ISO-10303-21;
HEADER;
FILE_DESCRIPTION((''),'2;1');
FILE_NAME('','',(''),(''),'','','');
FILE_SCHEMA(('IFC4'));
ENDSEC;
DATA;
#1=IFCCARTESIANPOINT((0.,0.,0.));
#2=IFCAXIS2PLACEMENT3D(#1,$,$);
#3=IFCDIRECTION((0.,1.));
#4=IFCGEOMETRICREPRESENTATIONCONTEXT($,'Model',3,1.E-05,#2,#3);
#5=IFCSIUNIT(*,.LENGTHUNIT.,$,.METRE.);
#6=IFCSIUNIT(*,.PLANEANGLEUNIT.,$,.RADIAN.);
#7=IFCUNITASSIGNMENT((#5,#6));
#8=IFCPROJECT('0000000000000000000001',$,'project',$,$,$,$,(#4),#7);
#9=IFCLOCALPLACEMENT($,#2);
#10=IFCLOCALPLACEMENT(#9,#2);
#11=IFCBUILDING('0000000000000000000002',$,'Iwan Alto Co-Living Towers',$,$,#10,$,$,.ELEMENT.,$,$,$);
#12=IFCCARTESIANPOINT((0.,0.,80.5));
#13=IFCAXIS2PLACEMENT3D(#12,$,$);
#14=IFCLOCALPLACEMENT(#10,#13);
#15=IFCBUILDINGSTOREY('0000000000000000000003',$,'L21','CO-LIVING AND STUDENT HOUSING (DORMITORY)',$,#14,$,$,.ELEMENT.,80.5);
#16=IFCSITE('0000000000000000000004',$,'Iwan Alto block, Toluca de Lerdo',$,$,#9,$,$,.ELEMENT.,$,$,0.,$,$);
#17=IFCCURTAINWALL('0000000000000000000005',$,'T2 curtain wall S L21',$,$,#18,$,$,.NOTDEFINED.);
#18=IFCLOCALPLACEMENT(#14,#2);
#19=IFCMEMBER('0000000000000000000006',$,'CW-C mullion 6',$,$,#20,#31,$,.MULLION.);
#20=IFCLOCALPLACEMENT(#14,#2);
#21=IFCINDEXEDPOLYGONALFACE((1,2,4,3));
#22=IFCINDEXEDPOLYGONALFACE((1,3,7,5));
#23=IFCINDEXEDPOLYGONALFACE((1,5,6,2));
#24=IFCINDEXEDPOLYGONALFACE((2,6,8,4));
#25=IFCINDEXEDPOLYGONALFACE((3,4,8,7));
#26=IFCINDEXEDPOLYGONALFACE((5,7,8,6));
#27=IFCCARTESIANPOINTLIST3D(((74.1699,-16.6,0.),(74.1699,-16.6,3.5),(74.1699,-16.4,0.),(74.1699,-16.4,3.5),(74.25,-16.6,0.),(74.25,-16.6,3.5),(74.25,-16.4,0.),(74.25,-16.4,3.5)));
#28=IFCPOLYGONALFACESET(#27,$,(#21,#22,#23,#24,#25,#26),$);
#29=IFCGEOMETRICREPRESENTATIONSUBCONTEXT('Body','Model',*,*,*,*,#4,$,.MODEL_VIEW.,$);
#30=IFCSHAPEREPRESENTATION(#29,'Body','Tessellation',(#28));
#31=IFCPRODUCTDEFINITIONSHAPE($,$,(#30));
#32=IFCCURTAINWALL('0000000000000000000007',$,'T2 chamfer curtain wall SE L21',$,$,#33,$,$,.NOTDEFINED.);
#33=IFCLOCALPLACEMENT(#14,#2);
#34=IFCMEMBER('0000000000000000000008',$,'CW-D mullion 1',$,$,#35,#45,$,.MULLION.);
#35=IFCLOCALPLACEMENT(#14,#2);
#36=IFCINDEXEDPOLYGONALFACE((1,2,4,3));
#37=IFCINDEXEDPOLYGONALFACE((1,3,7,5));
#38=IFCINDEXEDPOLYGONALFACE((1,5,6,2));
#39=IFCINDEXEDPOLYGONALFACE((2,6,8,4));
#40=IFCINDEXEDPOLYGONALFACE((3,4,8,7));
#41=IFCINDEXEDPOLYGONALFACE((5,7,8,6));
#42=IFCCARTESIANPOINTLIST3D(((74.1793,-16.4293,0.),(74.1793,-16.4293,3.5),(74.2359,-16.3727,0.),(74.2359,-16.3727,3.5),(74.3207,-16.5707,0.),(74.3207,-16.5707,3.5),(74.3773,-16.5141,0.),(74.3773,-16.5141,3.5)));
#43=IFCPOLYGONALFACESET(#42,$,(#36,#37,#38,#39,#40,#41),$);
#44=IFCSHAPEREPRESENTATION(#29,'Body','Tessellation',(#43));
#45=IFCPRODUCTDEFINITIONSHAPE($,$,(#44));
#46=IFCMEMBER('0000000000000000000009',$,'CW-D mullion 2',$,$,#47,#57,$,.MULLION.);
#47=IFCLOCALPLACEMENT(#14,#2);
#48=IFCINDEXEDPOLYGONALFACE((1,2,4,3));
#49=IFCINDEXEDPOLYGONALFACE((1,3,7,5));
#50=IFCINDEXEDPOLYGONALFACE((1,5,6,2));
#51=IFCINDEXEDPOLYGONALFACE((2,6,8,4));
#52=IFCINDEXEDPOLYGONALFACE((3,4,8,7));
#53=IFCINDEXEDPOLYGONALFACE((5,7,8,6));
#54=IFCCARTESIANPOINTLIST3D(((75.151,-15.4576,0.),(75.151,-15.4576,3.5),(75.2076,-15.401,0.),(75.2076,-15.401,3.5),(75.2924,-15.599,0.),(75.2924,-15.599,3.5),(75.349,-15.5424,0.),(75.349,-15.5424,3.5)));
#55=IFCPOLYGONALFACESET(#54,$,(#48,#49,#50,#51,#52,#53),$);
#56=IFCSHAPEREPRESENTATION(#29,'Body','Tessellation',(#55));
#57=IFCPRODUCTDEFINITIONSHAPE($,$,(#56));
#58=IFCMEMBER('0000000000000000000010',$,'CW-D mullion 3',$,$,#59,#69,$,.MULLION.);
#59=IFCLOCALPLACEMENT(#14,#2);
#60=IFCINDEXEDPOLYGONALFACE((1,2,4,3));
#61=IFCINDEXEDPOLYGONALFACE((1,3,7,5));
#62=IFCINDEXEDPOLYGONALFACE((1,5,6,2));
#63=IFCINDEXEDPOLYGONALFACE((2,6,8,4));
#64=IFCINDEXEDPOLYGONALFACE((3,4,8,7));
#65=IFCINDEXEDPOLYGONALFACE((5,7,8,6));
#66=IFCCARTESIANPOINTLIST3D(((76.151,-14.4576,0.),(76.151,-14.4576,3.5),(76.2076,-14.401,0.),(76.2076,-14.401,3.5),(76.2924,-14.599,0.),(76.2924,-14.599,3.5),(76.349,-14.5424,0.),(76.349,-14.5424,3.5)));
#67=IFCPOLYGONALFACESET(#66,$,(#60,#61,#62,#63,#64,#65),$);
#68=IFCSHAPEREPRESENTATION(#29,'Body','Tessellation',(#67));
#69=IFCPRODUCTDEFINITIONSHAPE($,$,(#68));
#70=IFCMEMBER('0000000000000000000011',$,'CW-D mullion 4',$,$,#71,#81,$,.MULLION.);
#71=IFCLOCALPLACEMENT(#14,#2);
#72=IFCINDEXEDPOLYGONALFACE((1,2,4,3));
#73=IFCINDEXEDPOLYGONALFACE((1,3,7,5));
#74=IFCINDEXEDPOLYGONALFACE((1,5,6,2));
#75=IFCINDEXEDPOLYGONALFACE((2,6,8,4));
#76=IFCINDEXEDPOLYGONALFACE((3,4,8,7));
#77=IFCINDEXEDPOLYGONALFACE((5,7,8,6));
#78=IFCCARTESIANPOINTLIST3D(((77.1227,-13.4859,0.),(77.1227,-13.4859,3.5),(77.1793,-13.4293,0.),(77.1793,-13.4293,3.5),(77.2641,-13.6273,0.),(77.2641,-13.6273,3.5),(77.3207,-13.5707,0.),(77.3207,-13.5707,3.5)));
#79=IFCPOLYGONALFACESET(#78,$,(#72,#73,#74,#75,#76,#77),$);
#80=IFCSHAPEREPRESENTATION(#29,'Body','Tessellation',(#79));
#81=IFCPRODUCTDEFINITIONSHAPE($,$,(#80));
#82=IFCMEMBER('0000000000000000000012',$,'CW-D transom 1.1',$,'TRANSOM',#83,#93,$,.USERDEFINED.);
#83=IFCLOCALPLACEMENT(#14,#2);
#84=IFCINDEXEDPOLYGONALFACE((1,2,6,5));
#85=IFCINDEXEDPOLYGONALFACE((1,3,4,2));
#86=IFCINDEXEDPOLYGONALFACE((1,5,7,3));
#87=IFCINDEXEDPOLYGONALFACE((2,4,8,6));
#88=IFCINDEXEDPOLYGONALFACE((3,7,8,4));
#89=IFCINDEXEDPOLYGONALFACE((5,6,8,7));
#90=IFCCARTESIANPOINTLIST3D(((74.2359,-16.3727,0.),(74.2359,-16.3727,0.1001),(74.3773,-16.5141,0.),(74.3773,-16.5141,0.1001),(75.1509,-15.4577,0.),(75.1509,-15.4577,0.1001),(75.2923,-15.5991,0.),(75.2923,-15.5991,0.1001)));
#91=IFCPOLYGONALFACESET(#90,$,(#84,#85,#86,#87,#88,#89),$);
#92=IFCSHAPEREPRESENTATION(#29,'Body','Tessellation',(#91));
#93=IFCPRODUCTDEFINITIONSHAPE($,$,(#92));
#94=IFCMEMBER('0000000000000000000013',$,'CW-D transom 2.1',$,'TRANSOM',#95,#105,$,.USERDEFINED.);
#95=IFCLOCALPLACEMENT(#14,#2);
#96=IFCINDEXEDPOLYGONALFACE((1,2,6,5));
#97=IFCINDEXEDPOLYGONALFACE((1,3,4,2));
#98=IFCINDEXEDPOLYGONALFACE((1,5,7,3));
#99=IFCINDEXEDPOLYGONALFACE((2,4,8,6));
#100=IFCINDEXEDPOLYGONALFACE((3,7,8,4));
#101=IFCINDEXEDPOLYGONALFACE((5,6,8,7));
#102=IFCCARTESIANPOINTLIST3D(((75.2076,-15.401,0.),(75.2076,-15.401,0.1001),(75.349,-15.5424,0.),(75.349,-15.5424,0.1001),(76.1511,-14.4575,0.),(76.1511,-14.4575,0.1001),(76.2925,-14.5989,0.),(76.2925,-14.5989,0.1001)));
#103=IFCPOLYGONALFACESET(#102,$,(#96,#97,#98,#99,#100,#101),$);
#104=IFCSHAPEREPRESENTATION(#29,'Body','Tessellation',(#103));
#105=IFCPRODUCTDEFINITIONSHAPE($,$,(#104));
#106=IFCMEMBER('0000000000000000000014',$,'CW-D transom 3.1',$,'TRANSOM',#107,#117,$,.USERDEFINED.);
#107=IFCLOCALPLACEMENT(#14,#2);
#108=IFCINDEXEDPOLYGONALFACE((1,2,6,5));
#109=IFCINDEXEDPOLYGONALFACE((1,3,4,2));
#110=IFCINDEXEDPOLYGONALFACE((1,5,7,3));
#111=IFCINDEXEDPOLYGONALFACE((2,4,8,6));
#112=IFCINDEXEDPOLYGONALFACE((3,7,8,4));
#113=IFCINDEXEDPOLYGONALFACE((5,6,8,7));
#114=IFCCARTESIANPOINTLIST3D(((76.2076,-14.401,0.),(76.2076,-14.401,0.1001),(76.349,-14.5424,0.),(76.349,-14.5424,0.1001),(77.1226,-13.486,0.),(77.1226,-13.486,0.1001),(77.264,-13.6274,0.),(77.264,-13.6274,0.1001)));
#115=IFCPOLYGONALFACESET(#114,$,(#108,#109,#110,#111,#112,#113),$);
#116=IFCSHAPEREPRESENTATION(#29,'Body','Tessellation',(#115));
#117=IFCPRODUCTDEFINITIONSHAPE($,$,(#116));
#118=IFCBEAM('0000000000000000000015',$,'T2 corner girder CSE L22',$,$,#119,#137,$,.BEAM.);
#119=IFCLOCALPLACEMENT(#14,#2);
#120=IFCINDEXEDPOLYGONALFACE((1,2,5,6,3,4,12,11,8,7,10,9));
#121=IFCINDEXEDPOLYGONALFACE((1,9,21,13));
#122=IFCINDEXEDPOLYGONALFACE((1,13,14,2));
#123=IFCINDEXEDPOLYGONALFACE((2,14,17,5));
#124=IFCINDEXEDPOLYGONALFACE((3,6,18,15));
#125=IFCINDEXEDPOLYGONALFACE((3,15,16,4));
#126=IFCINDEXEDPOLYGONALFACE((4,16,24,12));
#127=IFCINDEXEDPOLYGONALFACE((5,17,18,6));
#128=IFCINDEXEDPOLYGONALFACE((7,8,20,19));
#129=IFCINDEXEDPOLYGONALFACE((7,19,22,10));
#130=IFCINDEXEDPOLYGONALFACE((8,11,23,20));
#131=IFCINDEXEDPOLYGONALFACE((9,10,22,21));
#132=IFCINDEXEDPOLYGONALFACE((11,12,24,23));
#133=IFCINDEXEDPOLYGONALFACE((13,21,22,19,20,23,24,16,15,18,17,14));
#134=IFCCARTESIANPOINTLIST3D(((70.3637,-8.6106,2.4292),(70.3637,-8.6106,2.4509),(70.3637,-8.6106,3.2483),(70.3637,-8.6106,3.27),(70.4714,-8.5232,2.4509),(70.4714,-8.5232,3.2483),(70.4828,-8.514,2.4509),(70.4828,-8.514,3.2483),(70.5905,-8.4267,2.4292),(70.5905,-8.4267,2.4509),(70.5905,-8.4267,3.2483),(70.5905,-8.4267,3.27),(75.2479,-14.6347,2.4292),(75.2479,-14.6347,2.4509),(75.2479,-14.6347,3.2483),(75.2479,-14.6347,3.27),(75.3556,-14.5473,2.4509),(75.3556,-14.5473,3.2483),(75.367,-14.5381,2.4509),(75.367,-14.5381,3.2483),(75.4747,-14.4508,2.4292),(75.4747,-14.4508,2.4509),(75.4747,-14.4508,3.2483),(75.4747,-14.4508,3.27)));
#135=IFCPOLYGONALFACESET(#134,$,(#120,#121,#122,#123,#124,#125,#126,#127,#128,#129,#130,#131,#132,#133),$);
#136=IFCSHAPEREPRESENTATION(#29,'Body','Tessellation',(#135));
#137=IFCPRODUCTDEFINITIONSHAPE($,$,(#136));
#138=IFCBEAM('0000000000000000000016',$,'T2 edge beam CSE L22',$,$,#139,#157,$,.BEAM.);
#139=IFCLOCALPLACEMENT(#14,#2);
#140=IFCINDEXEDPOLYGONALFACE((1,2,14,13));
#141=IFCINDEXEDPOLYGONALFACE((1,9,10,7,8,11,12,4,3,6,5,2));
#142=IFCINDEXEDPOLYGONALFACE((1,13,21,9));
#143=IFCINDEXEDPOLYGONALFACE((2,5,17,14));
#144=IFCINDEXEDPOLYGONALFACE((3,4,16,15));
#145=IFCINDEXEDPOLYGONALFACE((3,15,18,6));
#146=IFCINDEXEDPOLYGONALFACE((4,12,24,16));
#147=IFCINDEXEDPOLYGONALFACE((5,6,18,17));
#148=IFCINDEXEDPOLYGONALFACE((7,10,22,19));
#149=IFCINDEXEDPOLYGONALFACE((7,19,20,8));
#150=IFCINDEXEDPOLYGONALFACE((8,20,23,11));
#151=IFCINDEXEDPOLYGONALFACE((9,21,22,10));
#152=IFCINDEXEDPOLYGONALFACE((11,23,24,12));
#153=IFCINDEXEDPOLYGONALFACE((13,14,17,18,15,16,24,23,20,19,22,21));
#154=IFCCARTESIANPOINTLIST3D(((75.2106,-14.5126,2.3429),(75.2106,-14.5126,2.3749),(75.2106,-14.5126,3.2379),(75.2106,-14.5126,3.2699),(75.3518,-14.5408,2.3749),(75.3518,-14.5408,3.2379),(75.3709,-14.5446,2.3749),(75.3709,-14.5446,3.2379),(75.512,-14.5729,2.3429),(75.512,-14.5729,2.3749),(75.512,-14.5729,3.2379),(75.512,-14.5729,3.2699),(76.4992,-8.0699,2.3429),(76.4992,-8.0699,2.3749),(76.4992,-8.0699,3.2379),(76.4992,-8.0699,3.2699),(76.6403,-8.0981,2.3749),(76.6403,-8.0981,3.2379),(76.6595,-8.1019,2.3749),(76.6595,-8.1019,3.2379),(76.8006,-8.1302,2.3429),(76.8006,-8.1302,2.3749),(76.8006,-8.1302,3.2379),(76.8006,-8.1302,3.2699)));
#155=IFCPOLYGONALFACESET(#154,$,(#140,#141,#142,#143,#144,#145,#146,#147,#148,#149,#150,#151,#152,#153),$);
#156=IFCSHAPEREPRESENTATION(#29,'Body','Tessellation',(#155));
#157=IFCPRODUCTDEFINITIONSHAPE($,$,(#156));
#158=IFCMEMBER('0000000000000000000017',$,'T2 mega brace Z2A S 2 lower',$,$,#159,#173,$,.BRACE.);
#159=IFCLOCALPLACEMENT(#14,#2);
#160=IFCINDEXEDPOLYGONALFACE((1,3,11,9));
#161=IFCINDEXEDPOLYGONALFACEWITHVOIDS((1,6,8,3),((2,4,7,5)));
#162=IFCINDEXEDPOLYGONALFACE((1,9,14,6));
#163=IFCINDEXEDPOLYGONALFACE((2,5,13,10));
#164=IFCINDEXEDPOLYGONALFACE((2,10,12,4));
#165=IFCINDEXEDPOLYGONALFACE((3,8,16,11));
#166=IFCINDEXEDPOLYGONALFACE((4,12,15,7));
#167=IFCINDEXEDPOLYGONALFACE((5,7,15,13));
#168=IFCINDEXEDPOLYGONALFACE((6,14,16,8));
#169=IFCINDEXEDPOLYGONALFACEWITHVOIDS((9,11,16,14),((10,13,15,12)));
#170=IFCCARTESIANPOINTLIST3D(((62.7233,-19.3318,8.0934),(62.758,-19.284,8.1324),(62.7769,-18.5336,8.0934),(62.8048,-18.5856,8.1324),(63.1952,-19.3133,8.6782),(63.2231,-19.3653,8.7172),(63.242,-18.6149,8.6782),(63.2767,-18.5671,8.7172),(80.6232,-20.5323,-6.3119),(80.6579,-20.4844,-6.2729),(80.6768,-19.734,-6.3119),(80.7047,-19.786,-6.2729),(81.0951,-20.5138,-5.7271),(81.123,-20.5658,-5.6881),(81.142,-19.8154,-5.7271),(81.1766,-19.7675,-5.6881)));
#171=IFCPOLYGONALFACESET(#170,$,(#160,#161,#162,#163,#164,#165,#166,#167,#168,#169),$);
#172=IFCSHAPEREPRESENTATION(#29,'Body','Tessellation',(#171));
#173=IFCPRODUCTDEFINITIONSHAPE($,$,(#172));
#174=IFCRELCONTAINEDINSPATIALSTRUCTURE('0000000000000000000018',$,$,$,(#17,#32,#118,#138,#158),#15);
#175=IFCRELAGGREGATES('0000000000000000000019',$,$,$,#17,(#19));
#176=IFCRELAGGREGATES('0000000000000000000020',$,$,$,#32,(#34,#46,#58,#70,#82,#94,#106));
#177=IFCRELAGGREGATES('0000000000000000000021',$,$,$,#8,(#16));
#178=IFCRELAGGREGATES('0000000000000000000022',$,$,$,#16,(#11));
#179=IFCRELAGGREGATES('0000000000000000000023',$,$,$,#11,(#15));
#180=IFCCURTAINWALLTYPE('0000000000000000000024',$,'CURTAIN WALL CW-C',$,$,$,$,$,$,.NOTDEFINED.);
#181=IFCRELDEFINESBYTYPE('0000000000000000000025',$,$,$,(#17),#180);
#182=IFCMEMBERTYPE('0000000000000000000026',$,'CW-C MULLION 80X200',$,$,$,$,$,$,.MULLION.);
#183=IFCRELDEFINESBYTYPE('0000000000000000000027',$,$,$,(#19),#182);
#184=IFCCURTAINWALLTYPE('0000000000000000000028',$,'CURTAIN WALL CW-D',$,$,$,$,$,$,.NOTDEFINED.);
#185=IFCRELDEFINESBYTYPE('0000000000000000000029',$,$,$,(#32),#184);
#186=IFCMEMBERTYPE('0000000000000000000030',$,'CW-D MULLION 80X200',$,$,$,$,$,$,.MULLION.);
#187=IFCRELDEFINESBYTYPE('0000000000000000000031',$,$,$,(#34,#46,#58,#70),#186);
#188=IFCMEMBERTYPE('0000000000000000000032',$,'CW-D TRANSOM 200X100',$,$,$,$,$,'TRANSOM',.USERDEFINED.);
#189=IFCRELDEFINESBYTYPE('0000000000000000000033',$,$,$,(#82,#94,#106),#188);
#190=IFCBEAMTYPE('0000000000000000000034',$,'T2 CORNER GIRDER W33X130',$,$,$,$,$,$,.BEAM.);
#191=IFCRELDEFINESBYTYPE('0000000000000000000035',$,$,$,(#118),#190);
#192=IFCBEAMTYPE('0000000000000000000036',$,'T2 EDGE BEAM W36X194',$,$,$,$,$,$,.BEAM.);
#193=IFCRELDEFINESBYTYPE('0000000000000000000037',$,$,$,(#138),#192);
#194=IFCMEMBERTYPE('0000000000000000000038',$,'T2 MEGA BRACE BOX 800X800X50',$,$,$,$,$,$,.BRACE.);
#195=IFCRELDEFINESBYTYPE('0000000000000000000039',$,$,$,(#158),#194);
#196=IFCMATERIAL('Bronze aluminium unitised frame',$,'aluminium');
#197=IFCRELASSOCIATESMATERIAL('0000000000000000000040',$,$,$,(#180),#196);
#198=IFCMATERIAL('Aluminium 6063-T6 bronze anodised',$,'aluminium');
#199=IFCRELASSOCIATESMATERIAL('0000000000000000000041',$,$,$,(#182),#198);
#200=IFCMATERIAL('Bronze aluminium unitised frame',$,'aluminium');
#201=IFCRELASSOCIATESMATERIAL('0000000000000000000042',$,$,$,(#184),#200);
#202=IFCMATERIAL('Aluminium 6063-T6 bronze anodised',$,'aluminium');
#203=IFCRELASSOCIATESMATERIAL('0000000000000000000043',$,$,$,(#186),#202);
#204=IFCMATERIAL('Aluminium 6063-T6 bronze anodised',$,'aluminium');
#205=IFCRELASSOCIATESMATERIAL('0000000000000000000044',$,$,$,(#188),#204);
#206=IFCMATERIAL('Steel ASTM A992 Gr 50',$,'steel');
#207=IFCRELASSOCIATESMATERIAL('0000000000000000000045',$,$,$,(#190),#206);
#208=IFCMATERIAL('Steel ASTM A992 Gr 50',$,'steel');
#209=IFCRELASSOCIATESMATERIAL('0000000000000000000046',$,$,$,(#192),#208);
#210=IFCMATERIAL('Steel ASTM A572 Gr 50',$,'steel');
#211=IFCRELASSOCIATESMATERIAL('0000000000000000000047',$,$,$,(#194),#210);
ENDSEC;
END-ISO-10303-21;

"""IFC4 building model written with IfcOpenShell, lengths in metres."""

from ifc_helpers import new_model, si_unit, direction, frame, origin, origin_2d, place, context, subcontext, project, spatial, rectangle, hollow_rectangle, i_section, extrude, material, material_profile, profile_set, type_object, element, aggregate, save


model = new_model("IFC4")

# Units and contexts
model_context = context("Model", 3, precision=1e-05, world=origin(), true_north=direction((0.0, 1.0)))
body_context = subcontext(model_context, "Body", "Model", "MODEL_VIEW")
ifc_project = project(units=[si_unit("LENGTHUNIT", "METRE"), si_unit("PLANEANGLEUNIT", "RADIAN")], contexts=[model_context])

# Site, building, storey
site_placement = place(None, origin())
site = spatial("IfcSite", under=ifc_project, at=site_placement, Name="Iwan Alto block, Toluca de Lerdo", CompositionType="ELEMENT", RefElevation=0.0)
building_placement = place(site_placement, origin())
building = spatial("IfcBuilding", under=site, at=building_placement, Name="Iwan Alto Co-Living Towers", CompositionType="ELEMENT")
storey_placement = place(building_placement, frame((0.0, 0.0, 80.5)))
storey = spatial("IfcBuildingStorey", under=building, at=storey_placement, Name="L21", Description="CO-LIVING AND STUDENT HOUSING (DORMITORY)", CompositionType="ELEMENT", Elevation=80.5)

# Curtain wall, member
ifc_material_1 = material(Name="Bronze aluminium unitised frame", Category="aluminium")
curtain_wall_type_1 = type_object("IfcCurtainWallType", Name="CURTAIN WALL CW-C", PredefinedType="NOTDEFINED", material=ifc_material_1)
curtain_wall_1_placement = place(storey_placement, origin())
curtain_wall_1 = element("IfcCurtainWall", 1, at=curtain_wall_1_placement, inside=storey, type_object=curtain_wall_type_1, Name="T2 curtain wall S L21", PredefinedType="NOTDEFINED")
ifc_material_2 = material(Name="Aluminium 6063-T6 bronze anodised", Category="aluminium")
ifc_material_profile_1 = material_profile(ifc_material_2, rectangle(XDim=0.2, YDim=0.0801, at=origin_2d()), Name="AL 80X200")
ifc_profile_set_1 = profile_set([ifc_material_profile_1], Name="Aluminium 6063-T6 bronze anodised")
member_type_1 = type_object("IfcMemberType", Name="CW-C MULLION 80X200", PredefinedType="MULLION", material=ifc_profile_set_1)
member_1_placement = place(storey_placement, frame((74.21, -16.5, 0.0), z_axis=(0.0, 0.0, 1.0), x_axis=(0.0, 1.0, 0.0)))
member_1 = element("IfcMember", 2, at=member_1_placement, type_object=member_type_1, Name="CW-C mullion 6", PredefinedType="MULLION", context=body_context, shape_type="SweptSolid", body=[
    extrude(rectangle(XDim=0.2, YDim=0.0801, at=origin_2d()), origin(), (0.0, 0.0, 1.0), 3.5),
])
aggregate(curtain_wall_1, [member_1])

# Curtain wall, members
ifc_material_3 = material(Name="Bronze aluminium unitised frame", Category="aluminium")
curtain_wall_type_2 = type_object("IfcCurtainWallType", Name="CURTAIN WALL CW-D", PredefinedType="NOTDEFINED", material=ifc_material_3)
curtain_wall_2_placement = place(storey_placement, origin())
curtain_wall_2 = element("IfcCurtainWall", 3, at=curtain_wall_2_placement, inside=storey, type_object=curtain_wall_type_2, Name="T2 chamfer curtain wall SE L21", PredefinedType="NOTDEFINED")
ifc_material_4 = material(Name="Aluminium 6063-T6 bronze anodised", Category="aluminium")
ifc_material_profile_2 = material_profile(ifc_material_4, rectangle(XDim=0.2, YDim=0.0801, at=origin_2d()), Name="AL 80X200")
ifc_profile_set_2 = profile_set([ifc_material_profile_2], Name="Aluminium 6063-T6 bronze anodised")
member_type_2 = type_object("IfcMemberType", Name="CW-D MULLION 80X200", PredefinedType="MULLION", material=ifc_profile_set_2)
member_2_placement = place(storey_placement, frame((74.2783, -16.4717, 0.0), z_axis=(0.0, 0.0, 1.0), x_axis=(-0.707107, 0.707107, 0.0)))
member_2 = element("IfcMember", 4, at=member_2_placement, type_object=member_type_2, Name="CW-D mullion 1", PredefinedType="MULLION", context=body_context, shape_type="SweptSolid", body=[
    extrude(rectangle(XDim=0.2, YDim=0.0801, at=origin_2d()), origin(), (0.0, 0.0, 1.0), 3.5),
])
member_3_placement = place(storey_placement, frame((75.25, -15.5, 0.0), z_axis=(0.0, 0.0, 1.0), x_axis=(-0.707107, 0.707107, 0.0)))
member_3 = element("IfcMember", 5, at=member_3_placement, type_object=member_type_2, Name="CW-D mullion 2", PredefinedType="MULLION", context=body_context, shape_type="SweptSolid", body=[
    extrude(rectangle(XDim=0.2, YDim=0.0801, at=origin_2d()), origin(), (0.0, 0.0, 1.0), 3.5),
])
member_4_placement = place(storey_placement, frame((76.25, -14.5, 0.0), z_axis=(0.0, 0.0, 1.0), x_axis=(-0.707107, 0.707107, 0.0)))
member_4 = element("IfcMember", 6, at=member_4_placement, type_object=member_type_2, Name="CW-D mullion 3", PredefinedType="MULLION", context=body_context, shape_type="SweptSolid", body=[
    extrude(rectangle(XDim=0.2, YDim=0.0801, at=origin_2d()), origin(), (0.0, 0.0, 1.0), 3.5),
])
member_5_placement = place(storey_placement, frame((77.2217, -13.5283, 0.0), z_axis=(0.0, 0.0, 1.0), x_axis=(-0.707107, 0.707107, 0.0)))
member_5 = element("IfcMember", 7, at=member_5_placement, type_object=member_type_2, Name="CW-D mullion 4", PredefinedType="MULLION", context=body_context, shape_type="SweptSolid", body=[
    extrude(rectangle(XDim=0.2, YDim=0.0801, at=origin_2d()), origin(), (0.0, 0.0, 1.0), 3.5),
])
ifc_material_5 = material(Name="Aluminium 6063-T6 bronze anodised", Category="aluminium")
ifc_material_profile_3 = material_profile(ifc_material_5, rectangle(XDim=0.2, YDim=0.1001, at=origin_2d()), Name="AL 200X100")
ifc_profile_set_3 = profile_set([ifc_material_profile_3], Name="Aluminium 6063-T6 bronze anodised")
member_type_3 = type_object("IfcMemberType", Name="CW-D TRANSOM 200X100", ElementType="TRANSOM", PredefinedType="USERDEFINED", material=ifc_profile_set_3)
member_6_placement = place(storey_placement, frame((74.3066, -16.4434, 0.05), z_axis=(0.707107, 0.707107, 0.0), x_axis=(-0.707107, 0.707107, 0.0)))
member_6 = element("IfcMember", 8, at=member_6_placement, type_object=member_type_3, Name="CW-D transom 1.1", ObjectType="TRANSOM", PredefinedType="USERDEFINED", context=body_context, shape_type="SweptSolid", body=[
    extrude(rectangle(XDim=0.2, YDim=0.1001, at=origin_2d()), origin(), (0.0, 0.0, 1.0), 1.2939),
])
member_7_placement = place(storey_placement, frame((75.2783, -15.4717, 0.05), z_axis=(0.707107, 0.707107, 0.0), x_axis=(-0.707107, 0.707107, 0.0)))
member_7 = element("IfcMember", 9, at=member_7_placement, type_object=member_type_3, Name="CW-D transom 2.1", ObjectType="TRANSOM", PredefinedType="USERDEFINED", context=body_context, shape_type="SweptSolid", body=[
    extrude(rectangle(XDim=0.2, YDim=0.1001, at=origin_2d()), origin(), (0.0, 0.0, 1.0), 1.3342),
])
member_8_placement = place(storey_placement, frame((76.2783, -14.4717, 0.05), z_axis=(0.707107, 0.707107, 0.0), x_axis=(-0.707107, 0.707107, 0.0)))
member_8 = element("IfcMember", 10, at=member_8_placement, type_object=member_type_3, Name="CW-D transom 3.1", ObjectType="TRANSOM", PredefinedType="USERDEFINED", context=body_context, shape_type="SweptSolid", body=[
    extrude(rectangle(XDim=0.2, YDim=0.1001, at=origin_2d()), origin(), (0.0, 0.0, 1.0), 1.2939),
])

# Beams
ifc_material_6 = material(Name="Steel ASTM A992 Gr 50", Category="steel")
ifc_material_profile_4 = material_profile(ifc_material_6, i_section(OverallWidth=0.292, OverallDepth=0.8408, WebThickness=0.0146, FlangeThickness=0.0217, at=origin_2d()), Name="W33X130")
ifc_profile_set_4 = profile_set([ifc_material_profile_4], Name="Steel ASTM A992 Gr 50")
beam_type_1 = type_object("IfcBeamType", Name="T2 CORNER GIRDER W33X130", PredefinedType="BEAM", material=ifc_profile_set_4)
beam_1_placement = place(storey_placement, frame((75.3613, -14.5427, 2.8496), z_axis=(-0.629788, 0.776767, 0.0), x_axis=(-0.776767, -0.629788, 0.0)))
element("IfcBeam", 11, at=beam_1_placement, inside=storey, type_object=beam_type_1, Name="T2 corner girder CSE L22", PredefinedType="BEAM", context=body_context, shape_type="SweptSolid", body=[
    extrude(i_section(OverallWidth=0.292, OverallDepth=0.8408, WebThickness=0.0146, FlangeThickness=0.0217, at=origin_2d()), origin(), (0.0, 0.0, 1.0), 7.7554),
])
ifc_material_7 = material(Name="Steel ASTM A992 Gr 50", Category="steel")
ifc_material_profile_5 = material_profile(ifc_material_7, i_section(OverallWidth=0.3074, OverallDepth=0.927, WebThickness=0.0195, FlangeThickness=0.032, at=origin_2d()), Name="W36X194")
ifc_profile_set_5 = profile_set([ifc_material_profile_5], Name="Steel ASTM A992 Gr 50")
beam_type_2 = type_object("IfcBeamType", Name="T2 EDGE BEAM W36X194", PredefinedType="BEAM", material=ifc_profile_set_5)
beam_2_placement = place(storey_placement, frame((75.3613, -14.5427, 2.8064), z_axis=(0.196123, 0.980579, 0.0), x_axis=(-0.980579, 0.196123, 0.0)))
element("IfcBeam", 12, at=beam_2_placement, inside=storey, type_object=beam_type_2, Name="T2 edge beam CSE L22", PredefinedType="BEAM", context=body_context, shape_type="SweptSolid", body=[
    extrude(i_section(OverallWidth=0.3074, OverallDepth=0.927, WebThickness=0.0195, FlangeThickness=0.032, at=origin_2d()), origin(), (0.0, 0.0, 1.0), 6.5703),
])

# Member
ifc_material_8 = material(Name="Steel ASTM A572 Gr 50", Category="steel")
ifc_material_profile_6 = material_profile(ifc_material_8, hollow_rectangle(XDim=0.8, YDim=0.8, WallThickness=0.05, at=origin_2d()), Name="BOX 800X800X50")
ifc_profile_set_6 = profile_set([ifc_material_profile_6], Name="Steel ASTM A572 Gr 50")
member_type_4 = type_object("IfcMemberType", Name="T2 MEGA BRACE BOX 800X800X50", PredefinedType="BRACE", material=ifc_profile_set_6)
member_9_placement = place(storey_placement, frame((80.8999, -20.1499, -6.0), z_axis=(-0.777992, 0.052175, 0.626104), x_axis=(-0.066914, -0.997759, 0.0)))
element("IfcMember", 13, at=member_9_placement, inside=storey, type_object=member_type_4, Name="T2 mega brace Z2A S 2 lower", PredefinedType="BRACE", context=body_context, shape_type="SweptSolid", body=[
    extrude(hollow_rectangle(XDim=0.8, YDim=0.8, WallThickness=0.05, at=origin_2d()), origin(), (0.0, 0.0, 1.0), 23.0078),
])

aggregate(curtain_wall_2, [member_2, member_3, member_4, member_5, member_6, member_7, member_8])

save(model, "model.ifc")
